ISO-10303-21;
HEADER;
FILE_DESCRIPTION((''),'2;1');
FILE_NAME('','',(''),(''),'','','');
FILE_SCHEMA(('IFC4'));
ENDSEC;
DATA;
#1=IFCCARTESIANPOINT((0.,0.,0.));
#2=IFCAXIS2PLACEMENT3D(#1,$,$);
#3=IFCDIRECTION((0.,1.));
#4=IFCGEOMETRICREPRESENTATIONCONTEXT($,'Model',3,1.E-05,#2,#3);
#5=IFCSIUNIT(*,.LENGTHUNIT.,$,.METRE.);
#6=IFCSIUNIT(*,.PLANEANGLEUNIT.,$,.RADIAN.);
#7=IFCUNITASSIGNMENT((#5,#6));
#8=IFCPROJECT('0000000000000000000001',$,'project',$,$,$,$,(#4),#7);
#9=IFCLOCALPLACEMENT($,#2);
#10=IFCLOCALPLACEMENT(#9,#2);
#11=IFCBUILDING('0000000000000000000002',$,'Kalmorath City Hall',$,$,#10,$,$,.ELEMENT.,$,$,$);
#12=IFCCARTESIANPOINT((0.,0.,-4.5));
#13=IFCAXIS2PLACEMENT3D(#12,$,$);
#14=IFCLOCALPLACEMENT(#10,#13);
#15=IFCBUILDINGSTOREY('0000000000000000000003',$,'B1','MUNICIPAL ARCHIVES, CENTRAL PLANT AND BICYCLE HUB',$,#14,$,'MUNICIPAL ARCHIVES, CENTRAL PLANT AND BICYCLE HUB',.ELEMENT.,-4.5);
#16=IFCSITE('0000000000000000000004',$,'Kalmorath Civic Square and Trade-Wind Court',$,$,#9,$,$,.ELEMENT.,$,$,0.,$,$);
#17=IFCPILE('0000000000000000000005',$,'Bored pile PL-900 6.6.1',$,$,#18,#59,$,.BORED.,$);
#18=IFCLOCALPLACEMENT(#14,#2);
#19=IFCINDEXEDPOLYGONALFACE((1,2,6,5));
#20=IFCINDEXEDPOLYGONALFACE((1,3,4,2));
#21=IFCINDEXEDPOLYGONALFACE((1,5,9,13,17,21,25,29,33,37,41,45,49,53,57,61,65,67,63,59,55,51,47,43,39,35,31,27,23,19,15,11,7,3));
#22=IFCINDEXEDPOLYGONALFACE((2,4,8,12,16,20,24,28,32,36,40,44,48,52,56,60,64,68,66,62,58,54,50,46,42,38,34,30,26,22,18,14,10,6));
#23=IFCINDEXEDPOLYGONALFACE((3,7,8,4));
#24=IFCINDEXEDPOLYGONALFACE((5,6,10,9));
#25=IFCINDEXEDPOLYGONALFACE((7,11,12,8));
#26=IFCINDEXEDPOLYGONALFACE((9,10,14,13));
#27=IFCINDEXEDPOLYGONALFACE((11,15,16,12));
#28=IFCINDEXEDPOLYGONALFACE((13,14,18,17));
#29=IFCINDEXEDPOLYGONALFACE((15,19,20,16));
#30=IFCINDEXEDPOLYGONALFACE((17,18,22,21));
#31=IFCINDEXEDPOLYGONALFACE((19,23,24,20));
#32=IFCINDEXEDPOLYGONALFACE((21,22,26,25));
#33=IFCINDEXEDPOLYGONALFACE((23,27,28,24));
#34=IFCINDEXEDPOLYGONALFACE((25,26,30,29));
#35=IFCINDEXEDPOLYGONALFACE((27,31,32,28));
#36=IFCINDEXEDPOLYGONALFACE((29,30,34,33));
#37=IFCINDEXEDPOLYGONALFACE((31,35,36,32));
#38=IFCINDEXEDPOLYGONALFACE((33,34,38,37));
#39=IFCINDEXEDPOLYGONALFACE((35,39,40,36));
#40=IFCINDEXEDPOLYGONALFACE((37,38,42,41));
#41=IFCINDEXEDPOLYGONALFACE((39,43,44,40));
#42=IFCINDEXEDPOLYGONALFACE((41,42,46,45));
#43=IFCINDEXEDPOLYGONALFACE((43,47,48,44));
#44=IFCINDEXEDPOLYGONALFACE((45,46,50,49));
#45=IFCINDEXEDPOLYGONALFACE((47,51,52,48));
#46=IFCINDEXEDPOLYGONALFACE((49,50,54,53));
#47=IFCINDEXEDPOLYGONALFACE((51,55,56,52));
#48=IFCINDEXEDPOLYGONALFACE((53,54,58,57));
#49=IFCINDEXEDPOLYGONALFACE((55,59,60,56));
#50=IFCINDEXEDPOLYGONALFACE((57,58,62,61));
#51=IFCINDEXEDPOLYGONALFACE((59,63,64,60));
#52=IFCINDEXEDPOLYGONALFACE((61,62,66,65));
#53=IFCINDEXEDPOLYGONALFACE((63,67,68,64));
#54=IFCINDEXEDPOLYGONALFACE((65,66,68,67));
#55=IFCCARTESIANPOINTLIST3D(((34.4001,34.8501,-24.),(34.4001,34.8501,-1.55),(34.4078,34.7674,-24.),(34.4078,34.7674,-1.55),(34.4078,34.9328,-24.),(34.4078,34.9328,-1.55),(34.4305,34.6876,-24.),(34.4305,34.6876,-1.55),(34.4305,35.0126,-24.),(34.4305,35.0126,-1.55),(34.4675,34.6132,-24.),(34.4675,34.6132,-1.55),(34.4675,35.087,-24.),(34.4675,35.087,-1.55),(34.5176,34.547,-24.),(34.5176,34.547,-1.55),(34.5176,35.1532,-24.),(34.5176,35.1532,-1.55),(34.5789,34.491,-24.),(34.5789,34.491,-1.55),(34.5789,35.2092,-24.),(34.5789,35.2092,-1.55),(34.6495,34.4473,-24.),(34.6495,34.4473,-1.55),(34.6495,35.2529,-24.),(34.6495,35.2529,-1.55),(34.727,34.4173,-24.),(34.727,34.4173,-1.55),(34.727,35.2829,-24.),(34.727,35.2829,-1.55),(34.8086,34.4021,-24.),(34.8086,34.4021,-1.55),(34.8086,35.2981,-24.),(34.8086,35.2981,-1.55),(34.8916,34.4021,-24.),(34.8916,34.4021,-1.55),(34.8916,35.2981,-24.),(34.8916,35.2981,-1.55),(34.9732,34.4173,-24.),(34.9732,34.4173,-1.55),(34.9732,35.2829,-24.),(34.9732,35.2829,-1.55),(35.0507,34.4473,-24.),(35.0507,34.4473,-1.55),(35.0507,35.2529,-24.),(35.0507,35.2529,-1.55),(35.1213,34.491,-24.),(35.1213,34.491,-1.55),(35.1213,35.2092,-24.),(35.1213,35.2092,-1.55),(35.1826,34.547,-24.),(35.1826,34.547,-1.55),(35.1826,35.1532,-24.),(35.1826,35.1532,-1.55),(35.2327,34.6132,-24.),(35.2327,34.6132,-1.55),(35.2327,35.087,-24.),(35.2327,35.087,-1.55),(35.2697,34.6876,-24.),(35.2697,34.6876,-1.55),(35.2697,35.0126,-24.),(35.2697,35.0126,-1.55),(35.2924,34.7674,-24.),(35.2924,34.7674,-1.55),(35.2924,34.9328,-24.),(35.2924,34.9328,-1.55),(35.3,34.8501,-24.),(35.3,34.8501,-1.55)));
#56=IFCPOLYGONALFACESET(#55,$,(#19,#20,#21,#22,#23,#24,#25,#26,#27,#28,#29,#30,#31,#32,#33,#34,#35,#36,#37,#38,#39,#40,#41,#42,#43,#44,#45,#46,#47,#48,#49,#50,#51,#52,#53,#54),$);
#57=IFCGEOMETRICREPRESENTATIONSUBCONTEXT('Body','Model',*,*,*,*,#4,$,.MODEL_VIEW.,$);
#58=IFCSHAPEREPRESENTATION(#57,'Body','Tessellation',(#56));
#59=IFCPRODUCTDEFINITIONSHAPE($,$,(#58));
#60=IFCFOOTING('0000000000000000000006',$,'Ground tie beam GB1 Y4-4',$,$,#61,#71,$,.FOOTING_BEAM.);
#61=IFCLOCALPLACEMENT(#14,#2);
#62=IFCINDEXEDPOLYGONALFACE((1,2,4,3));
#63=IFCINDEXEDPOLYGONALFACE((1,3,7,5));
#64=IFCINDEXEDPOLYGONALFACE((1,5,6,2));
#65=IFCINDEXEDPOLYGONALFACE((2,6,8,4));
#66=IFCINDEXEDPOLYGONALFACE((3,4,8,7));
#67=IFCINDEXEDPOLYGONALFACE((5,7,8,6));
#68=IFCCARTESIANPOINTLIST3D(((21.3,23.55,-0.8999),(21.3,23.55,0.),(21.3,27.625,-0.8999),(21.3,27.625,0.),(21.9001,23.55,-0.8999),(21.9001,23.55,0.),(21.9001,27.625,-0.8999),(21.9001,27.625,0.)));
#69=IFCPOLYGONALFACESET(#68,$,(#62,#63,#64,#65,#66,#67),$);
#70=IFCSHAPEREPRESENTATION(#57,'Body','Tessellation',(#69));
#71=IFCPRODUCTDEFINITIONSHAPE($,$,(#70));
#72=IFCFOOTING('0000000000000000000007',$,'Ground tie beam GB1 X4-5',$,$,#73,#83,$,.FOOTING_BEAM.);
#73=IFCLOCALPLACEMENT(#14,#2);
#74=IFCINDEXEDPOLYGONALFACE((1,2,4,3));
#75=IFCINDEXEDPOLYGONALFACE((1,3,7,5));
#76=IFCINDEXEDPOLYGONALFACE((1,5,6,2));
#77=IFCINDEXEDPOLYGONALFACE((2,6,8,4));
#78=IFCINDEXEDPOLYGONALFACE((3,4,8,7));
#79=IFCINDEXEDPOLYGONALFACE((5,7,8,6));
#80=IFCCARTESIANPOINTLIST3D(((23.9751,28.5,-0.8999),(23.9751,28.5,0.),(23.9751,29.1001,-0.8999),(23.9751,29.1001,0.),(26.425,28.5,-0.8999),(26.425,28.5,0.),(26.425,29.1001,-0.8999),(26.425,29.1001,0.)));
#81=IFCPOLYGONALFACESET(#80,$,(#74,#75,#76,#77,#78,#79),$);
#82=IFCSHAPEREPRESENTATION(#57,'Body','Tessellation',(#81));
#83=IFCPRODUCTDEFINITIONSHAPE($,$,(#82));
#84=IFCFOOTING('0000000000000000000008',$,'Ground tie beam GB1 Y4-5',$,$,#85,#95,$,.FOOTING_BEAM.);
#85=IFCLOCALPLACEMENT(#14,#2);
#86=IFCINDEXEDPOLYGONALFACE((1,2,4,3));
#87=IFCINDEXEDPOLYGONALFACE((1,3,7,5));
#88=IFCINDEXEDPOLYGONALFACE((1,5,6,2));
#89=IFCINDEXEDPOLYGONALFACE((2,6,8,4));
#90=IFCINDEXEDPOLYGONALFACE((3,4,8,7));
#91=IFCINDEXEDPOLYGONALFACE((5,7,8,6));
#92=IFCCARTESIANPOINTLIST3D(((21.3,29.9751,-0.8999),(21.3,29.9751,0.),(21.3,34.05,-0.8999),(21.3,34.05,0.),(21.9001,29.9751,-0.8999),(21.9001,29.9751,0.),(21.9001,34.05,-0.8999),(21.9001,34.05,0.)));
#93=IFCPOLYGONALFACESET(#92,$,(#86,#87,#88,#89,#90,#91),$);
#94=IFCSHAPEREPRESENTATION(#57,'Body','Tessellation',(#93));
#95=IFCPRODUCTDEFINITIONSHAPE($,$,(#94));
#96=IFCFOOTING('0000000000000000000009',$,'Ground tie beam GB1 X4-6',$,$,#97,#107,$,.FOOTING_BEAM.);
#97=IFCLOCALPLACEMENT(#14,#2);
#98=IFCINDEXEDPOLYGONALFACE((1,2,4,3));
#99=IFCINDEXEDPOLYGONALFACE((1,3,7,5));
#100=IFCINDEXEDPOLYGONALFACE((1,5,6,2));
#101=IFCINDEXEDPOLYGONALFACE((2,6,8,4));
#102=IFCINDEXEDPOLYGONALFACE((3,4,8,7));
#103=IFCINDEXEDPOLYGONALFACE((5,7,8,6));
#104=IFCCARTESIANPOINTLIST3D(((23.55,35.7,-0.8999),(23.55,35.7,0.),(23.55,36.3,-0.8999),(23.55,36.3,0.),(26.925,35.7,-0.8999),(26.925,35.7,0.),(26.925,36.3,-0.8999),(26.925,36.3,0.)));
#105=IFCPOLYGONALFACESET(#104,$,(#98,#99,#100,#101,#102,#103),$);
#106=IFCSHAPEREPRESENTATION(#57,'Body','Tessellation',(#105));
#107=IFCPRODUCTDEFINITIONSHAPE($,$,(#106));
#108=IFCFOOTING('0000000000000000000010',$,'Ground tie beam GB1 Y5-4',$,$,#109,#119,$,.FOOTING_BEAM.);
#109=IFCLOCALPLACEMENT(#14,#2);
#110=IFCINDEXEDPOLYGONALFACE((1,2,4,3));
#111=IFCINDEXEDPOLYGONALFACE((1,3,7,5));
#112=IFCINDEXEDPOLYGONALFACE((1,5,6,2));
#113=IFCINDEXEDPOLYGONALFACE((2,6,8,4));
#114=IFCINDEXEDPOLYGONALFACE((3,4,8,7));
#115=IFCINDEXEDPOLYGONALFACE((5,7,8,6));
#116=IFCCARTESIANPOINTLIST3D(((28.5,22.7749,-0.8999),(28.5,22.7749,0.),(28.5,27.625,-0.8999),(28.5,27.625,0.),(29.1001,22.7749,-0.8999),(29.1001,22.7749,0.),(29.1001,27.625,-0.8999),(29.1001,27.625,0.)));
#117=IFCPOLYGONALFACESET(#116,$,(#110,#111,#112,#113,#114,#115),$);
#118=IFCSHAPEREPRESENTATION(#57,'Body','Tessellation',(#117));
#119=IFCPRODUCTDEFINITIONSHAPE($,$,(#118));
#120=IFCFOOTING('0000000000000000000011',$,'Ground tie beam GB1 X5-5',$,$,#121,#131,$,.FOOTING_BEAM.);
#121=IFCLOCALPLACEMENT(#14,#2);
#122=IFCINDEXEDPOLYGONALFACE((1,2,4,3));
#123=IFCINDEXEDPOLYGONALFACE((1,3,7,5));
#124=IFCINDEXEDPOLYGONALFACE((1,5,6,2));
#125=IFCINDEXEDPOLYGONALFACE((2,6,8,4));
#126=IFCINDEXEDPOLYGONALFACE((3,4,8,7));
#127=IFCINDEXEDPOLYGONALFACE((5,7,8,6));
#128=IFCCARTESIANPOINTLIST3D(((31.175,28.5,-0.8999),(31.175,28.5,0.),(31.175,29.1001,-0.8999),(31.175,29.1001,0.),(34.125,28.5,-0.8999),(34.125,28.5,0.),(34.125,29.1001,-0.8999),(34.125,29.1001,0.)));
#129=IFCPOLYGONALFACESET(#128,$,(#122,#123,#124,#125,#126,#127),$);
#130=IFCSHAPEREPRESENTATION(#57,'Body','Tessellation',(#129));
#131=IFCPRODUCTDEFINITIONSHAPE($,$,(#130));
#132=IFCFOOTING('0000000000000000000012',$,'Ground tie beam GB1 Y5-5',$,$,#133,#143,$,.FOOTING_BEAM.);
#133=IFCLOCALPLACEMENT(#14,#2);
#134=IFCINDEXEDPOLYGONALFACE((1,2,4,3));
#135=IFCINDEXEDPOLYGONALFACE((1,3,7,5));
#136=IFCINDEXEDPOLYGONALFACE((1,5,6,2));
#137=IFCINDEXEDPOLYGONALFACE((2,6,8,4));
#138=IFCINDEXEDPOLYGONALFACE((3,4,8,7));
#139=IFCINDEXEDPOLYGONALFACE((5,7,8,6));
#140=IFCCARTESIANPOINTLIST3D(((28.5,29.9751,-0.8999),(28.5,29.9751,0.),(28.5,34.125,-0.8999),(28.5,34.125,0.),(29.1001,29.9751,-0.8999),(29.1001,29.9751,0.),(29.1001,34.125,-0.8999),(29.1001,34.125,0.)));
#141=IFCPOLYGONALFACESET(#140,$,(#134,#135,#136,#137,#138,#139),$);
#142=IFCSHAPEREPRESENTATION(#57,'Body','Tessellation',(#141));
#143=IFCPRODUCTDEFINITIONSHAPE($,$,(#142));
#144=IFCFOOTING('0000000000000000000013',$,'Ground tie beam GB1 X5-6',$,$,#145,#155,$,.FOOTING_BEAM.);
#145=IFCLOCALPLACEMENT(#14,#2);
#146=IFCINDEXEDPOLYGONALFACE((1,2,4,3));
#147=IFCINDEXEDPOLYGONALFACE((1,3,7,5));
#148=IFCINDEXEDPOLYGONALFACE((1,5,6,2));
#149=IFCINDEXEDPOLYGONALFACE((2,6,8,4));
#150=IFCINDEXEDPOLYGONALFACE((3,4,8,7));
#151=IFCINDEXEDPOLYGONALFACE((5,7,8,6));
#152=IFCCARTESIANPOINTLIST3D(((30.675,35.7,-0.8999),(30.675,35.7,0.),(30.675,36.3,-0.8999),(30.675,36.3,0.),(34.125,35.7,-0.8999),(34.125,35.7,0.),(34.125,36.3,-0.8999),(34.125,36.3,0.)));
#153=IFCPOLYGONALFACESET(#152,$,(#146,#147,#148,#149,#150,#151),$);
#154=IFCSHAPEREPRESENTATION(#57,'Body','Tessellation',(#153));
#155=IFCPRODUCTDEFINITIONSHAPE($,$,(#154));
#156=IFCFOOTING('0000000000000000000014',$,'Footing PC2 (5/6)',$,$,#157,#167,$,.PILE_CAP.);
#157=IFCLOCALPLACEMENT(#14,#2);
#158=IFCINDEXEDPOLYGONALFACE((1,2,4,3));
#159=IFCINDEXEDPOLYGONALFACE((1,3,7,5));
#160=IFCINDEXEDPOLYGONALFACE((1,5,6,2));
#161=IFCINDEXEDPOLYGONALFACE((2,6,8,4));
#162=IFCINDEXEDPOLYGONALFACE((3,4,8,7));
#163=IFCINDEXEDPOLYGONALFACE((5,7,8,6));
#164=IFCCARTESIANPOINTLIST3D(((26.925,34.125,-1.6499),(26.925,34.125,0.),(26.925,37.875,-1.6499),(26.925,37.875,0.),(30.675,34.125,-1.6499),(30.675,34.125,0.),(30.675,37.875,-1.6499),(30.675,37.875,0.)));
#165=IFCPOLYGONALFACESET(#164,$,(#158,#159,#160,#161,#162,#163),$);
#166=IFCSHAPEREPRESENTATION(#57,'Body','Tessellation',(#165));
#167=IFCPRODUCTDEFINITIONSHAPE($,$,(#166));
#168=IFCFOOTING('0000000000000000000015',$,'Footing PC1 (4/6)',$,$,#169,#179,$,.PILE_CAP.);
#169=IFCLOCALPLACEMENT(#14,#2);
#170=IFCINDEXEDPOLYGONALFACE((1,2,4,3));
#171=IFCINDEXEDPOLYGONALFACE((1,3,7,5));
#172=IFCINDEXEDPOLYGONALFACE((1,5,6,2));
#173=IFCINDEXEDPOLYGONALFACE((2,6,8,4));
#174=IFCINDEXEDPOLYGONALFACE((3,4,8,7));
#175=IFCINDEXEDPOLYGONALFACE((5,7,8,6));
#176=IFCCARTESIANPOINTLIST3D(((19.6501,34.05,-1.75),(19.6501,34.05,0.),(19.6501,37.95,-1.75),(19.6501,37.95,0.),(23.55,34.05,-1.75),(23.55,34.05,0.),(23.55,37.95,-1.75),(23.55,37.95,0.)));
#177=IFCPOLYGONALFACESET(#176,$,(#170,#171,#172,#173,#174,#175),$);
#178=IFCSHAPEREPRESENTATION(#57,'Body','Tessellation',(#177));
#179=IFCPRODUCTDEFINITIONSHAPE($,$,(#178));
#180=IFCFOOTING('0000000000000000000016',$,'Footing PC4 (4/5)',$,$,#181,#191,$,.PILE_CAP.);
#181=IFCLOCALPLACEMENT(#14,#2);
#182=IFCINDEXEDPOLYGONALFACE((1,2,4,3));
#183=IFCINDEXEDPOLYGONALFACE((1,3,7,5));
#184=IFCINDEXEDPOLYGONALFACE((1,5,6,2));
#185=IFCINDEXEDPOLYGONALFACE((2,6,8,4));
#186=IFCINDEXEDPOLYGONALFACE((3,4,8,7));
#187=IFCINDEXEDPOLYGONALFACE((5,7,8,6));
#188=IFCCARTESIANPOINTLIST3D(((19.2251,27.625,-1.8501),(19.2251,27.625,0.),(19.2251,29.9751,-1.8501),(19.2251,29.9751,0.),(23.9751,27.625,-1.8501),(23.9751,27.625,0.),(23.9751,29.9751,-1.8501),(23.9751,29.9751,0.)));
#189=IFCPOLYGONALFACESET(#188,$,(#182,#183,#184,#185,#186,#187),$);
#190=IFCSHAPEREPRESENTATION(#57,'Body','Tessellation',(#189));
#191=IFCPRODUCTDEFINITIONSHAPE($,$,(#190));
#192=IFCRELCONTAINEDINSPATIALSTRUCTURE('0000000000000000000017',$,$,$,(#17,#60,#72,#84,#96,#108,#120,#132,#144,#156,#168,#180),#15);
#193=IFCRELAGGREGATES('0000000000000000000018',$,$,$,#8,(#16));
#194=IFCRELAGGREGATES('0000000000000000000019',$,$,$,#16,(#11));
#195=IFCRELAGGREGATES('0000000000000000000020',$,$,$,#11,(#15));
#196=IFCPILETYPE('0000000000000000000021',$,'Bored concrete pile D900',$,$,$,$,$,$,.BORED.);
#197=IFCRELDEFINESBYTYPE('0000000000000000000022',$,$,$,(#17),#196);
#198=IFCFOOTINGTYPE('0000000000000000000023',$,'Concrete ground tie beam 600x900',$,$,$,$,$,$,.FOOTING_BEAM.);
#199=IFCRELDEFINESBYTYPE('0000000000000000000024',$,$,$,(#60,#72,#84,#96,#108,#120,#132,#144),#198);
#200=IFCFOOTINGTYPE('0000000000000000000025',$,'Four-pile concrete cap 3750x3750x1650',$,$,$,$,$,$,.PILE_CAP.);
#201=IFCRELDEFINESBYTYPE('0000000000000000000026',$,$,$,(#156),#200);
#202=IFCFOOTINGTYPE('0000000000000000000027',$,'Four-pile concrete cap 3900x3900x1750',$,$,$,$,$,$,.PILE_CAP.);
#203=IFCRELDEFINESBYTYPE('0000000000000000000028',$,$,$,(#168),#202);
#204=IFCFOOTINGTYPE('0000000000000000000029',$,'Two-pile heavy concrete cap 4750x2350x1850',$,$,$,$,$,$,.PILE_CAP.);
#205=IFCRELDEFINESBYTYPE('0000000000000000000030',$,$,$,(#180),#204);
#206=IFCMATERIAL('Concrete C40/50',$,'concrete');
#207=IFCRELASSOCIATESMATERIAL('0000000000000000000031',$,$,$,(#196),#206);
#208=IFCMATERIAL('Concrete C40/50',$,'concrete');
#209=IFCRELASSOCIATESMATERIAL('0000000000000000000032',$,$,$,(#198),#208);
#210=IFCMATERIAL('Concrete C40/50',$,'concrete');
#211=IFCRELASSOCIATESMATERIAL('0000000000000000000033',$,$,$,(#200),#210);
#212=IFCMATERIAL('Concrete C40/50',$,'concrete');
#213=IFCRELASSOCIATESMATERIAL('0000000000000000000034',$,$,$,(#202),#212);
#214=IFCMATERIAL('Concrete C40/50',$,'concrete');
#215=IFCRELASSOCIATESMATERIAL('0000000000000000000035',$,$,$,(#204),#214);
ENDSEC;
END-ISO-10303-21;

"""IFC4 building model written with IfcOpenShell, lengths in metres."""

from ifc_helpers import new_model, si_unit, direction, frame, origin, origin_2d, place, context, subcontext, project, spatial, rectangle, circle, extrude, material, material_profile, profile_set, type_object, element, save


model = new_model("IFC4")

# Units and contexts
model_context = context("Model", 3, precision=1e-05, world=origin(), true_north=direction((0.0, 1.0)))
body_context = subcontext(model_context, "Body", "Model", "MODEL_VIEW")
ifc_project = project(units=[si_unit("LENGTHUNIT", "METRE"), si_unit("PLANEANGLEUNIT", "RADIAN")], contexts=[model_context])

# Site, building, storey
site_placement = place(None, origin())
site = spatial("IfcSite", under=ifc_project, at=site_placement, Name="Kalmorath Civic Square and Trade-Wind Court", CompositionType="ELEMENT", RefElevation=0.0)
building_placement = place(site_placement, origin())
building = spatial("IfcBuilding", under=site, at=building_placement, Name="Kalmorath City Hall", CompositionType="ELEMENT")
storey_placement = place(building_placement, frame((0.0, 0.0, -4.5)))
storey = spatial("IfcBuildingStorey", under=building, at=storey_placement, Name="B1", Description="MUNICIPAL ARCHIVES, CENTRAL PLANT AND BICYCLE HUB", LongName="MUNICIPAL ARCHIVES, CENTRAL PLANT AND BICYCLE HUB", CompositionType="ELEMENT", Elevation=-4.5)

# Pile
ifc_material_1 = material(Name="Concrete C40/50", Category="concrete")
ifc_material_profile_1 = material_profile(ifc_material_1, circle(Radius=0.45, at=origin_2d()), Name="PILE-D900")
ifc_profile_set_1 = profile_set([ifc_material_profile_1], Name="Concrete C40/50")
pile_type_1 = type_object("IfcPileType", Name="Bored concrete pile D900", PredefinedType="BORED", material=ifc_profile_set_1)
for number, where, z_axis, x_axis, name in (
    (1, (34.8501, 34.8501, -1.55), (0.0, 0.0, -1.0), (1.0, 0.0, 0.0), "Bored pile PL-900 6.6.1"),
):
    element("IfcPile", number, at=place(storey_placement, frame(where, z_axis=z_axis, x_axis=x_axis)), inside=storey, type_object=pile_type_1, Name=name, PredefinedType="BORED", context=body_context, shape_type="SweptSolid", body=[
        extrude(circle(Radius=0.45, at=origin_2d()), origin(), (0.0, 0.0, 1.0), 22.45),
    ])

# Footings
ifc_material_2 = material(Name="Concrete C40/50", Category="concrete")
ifc_material_profile_2 = material_profile(ifc_material_2, rectangle(XDim=0.6001, YDim=0.8999, at=origin_2d()), Name="RC-BM-600X900")
ifc_profile_set_2 = profile_set([ifc_material_profile_2], Name="Concrete C40/50")
footing_type_1 = type_object("IfcFootingType", Name="Concrete ground tie beam 600x900", PredefinedType="FOOTING_BEAM", material=ifc_profile_set_2)
footing_1_placement = place(storey_placement, frame((21.6001, 23.55, -0.45), z_axis=(0.0, 1.0, 0.0), x_axis=(-1.0, 0.0, 0.0)))
element("IfcFooting", 2, at=footing_1_placement, inside=storey, type_object=footing_type_1, Name="Ground tie beam GB1 Y4-4", PredefinedType="FOOTING_BEAM", context=body_context, shape_type="SweptSolid", body=[
    extrude(rectangle(XDim=0.6001, YDim=0.8999, at=origin_2d()), origin(), (0.0, 0.0, 1.0), 4.075),
])
footing_2_placement = place(storey_placement, frame((23.9751, 28.8, -0.45), z_axis=(1.0, 0.0, 0.0), x_axis=(0.0, 1.0, 0.0)))
element("IfcFooting", 3, at=footing_2_placement, inside=storey, type_object=footing_type_1, Name="Ground tie beam GB1 X4-5", PredefinedType="FOOTING_BEAM", context=body_context, shape_type="SweptSolid", body=[
    extrude(rectangle(XDim=0.6001, YDim=0.8999, at=origin_2d()), origin(), (0.0, 0.0, 1.0), 2.45),
])
footing_3_placement = place(storey_placement, frame((21.6001, 29.9751, -0.45), z_axis=(0.0, 1.0, 0.0), x_axis=(-1.0, 0.0, 0.0)))
element("IfcFooting", 4, at=footing_3_placement, inside=storey, type_object=footing_type_1, Name="Ground tie beam GB1 Y4-5", PredefinedType="FOOTING_BEAM", context=body_context, shape_type="SweptSolid", body=[
    extrude(rectangle(XDim=0.6001, YDim=0.8999, at=origin_2d()), origin(), (0.0, 0.0, 1.0), 4.075),
])
footing_4_placement = place(storey_placement, frame((23.55, 36.0, -0.45), z_axis=(1.0, 0.0, 0.0), x_axis=(0.0, 1.0, 0.0)))
element("IfcFooting", 5, at=footing_4_placement, inside=storey, type_object=footing_type_1, Name="Ground tie beam GB1 X4-6", PredefinedType="FOOTING_BEAM", context=body_context, shape_type="SweptSolid", body=[
    extrude(rectangle(XDim=0.6001, YDim=0.8999, at=origin_2d()), origin(), (0.0, 0.0, 1.0), 3.375),
])
footing_5_placement = place(storey_placement, frame((28.8, 22.7749, -0.45), z_axis=(0.0, 1.0, 0.0), x_axis=(-1.0, 0.0, 0.0)))
element("IfcFooting", 6, at=footing_5_placement, inside=storey, type_object=footing_type_1, Name="Ground tie beam GB1 Y5-4", PredefinedType="FOOTING_BEAM", context=body_context, shape_type="SweptSolid", body=[
    extrude(rectangle(XDim=0.6001, YDim=0.8999, at=origin_2d()), origin(), (0.0, 0.0, 1.0), 4.8501),
])
footing_6_placement = place(storey_placement, frame((31.175, 28.8, -0.45), z_axis=(1.0, 0.0, 0.0), x_axis=(0.0, 1.0, 0.0)))
element("IfcFooting", 7, at=footing_6_placement, inside=storey, type_object=footing_type_1, Name="Ground tie beam GB1 X5-5", PredefinedType="FOOTING_BEAM", context=body_context, shape_type="SweptSolid", body=[
    extrude(rectangle(XDim=0.6001, YDim=0.8999, at=origin_2d()), origin(), (0.0, 0.0, 1.0), 2.95),
])
footing_7_placement = place(storey_placement, frame((28.8, 29.9751, -0.45), z_axis=(0.0, 1.0, 0.0), x_axis=(-1.0, 0.0, 0.0)))
element("IfcFooting", 8, at=footing_7_placement, inside=storey, type_object=footing_type_1, Name="Ground tie beam GB1 Y5-5", PredefinedType="FOOTING_BEAM", context=body_context, shape_type="SweptSolid", body=[
    extrude(rectangle(XDim=0.6001, YDim=0.8999, at=origin_2d()), origin(), (0.0, 0.0, 1.0), 4.1499),
])
footing_8_placement = place(storey_placement, frame((30.675, 36.0, -0.45), z_axis=(1.0, 0.0, 0.0), x_axis=(0.0, 1.0, 0.0)))
element("IfcFooting", 9, at=footing_8_placement, inside=storey, type_object=footing_type_1, Name="Ground tie beam GB1 X5-6", PredefinedType="FOOTING_BEAM", context=body_context, shape_type="SweptSolid", body=[
    extrude(rectangle(XDim=0.6001, YDim=0.8999, at=origin_2d()), origin(), (0.0, 0.0, 1.0), 3.45),
])
ifc_material_3 = material(Name="Concrete C40/50", Category="concrete")
footing_type_2 = type_object("IfcFootingType", Name="Four-pile concrete cap 3750x3750x1650", PredefinedType="PILE_CAP", material=ifc_material_3)
footing_9_placement = place(storey_placement, frame((28.8, 36.0, -1.6499), z_axis=(0.0, 0.0, 1.0), x_axis=(1.0, 0.0, 0.0)))
element("IfcFooting", 10, at=footing_9_placement, inside=storey, type_object=footing_type_2, Name="Footing PC2 (5/6)", PredefinedType="PILE_CAP", context=body_context, shape_type="SweptSolid", body=[
    extrude(rectangle(XDim=3.75, YDim=3.75, at=origin_2d()), origin(), (0.0, 0.0, 1.0), 1.6499),
])
ifc_material_4 = material(Name="Concrete C40/50", Category="concrete")
footing_type_3 = type_object("IfcFootingType", Name="Four-pile concrete cap 3900x3900x1750", PredefinedType="PILE_CAP", material=ifc_material_4)
footing_10_placement = place(storey_placement, frame((21.6001, 36.0, -1.75), z_axis=(0.0, 0.0, 1.0), x_axis=(1.0, 0.0, 0.0)))
element("IfcFooting", 11, at=footing_10_placement, inside=storey, type_object=footing_type_3, Name="Footing PC1 (4/6)", PredefinedType="PILE_CAP", context=body_context, shape_type="SweptSolid", body=[
    extrude(rectangle(XDim=3.8999, YDim=3.8999, at=origin_2d()), origin(), (0.0, 0.0, 1.0), 1.75),
])
ifc_material_5 = material(Name="Concrete C40/50", Category="concrete")
footing_type_4 = type_object("IfcFootingType", Name="Two-pile heavy concrete cap 4750x2350x1850", PredefinedType="PILE_CAP", material=ifc_material_5)
for number, where, z_axis, x_axis, name in (
    (12, (21.6001, 28.8, -1.8501), (0.0, 0.0, 1.0), (1.0, 0.0, 0.0), "Footing PC4 (4/5)"),
):
    element("IfcFooting", number, at=place(storey_placement, frame(where, z_axis=z_axis, x_axis=x_axis)), inside=storey, type_object=footing_type_4, Name=name, PredefinedType="PILE_CAP", context=body_context, shape_type="SweptSolid", body=[
        extrude(rectangle(XDim=4.75, YDim=2.3501, at=origin_2d()), origin(), (0.0, 0.0, 1.0), 1.8501),
    ])

save(model, "model.ifc")
